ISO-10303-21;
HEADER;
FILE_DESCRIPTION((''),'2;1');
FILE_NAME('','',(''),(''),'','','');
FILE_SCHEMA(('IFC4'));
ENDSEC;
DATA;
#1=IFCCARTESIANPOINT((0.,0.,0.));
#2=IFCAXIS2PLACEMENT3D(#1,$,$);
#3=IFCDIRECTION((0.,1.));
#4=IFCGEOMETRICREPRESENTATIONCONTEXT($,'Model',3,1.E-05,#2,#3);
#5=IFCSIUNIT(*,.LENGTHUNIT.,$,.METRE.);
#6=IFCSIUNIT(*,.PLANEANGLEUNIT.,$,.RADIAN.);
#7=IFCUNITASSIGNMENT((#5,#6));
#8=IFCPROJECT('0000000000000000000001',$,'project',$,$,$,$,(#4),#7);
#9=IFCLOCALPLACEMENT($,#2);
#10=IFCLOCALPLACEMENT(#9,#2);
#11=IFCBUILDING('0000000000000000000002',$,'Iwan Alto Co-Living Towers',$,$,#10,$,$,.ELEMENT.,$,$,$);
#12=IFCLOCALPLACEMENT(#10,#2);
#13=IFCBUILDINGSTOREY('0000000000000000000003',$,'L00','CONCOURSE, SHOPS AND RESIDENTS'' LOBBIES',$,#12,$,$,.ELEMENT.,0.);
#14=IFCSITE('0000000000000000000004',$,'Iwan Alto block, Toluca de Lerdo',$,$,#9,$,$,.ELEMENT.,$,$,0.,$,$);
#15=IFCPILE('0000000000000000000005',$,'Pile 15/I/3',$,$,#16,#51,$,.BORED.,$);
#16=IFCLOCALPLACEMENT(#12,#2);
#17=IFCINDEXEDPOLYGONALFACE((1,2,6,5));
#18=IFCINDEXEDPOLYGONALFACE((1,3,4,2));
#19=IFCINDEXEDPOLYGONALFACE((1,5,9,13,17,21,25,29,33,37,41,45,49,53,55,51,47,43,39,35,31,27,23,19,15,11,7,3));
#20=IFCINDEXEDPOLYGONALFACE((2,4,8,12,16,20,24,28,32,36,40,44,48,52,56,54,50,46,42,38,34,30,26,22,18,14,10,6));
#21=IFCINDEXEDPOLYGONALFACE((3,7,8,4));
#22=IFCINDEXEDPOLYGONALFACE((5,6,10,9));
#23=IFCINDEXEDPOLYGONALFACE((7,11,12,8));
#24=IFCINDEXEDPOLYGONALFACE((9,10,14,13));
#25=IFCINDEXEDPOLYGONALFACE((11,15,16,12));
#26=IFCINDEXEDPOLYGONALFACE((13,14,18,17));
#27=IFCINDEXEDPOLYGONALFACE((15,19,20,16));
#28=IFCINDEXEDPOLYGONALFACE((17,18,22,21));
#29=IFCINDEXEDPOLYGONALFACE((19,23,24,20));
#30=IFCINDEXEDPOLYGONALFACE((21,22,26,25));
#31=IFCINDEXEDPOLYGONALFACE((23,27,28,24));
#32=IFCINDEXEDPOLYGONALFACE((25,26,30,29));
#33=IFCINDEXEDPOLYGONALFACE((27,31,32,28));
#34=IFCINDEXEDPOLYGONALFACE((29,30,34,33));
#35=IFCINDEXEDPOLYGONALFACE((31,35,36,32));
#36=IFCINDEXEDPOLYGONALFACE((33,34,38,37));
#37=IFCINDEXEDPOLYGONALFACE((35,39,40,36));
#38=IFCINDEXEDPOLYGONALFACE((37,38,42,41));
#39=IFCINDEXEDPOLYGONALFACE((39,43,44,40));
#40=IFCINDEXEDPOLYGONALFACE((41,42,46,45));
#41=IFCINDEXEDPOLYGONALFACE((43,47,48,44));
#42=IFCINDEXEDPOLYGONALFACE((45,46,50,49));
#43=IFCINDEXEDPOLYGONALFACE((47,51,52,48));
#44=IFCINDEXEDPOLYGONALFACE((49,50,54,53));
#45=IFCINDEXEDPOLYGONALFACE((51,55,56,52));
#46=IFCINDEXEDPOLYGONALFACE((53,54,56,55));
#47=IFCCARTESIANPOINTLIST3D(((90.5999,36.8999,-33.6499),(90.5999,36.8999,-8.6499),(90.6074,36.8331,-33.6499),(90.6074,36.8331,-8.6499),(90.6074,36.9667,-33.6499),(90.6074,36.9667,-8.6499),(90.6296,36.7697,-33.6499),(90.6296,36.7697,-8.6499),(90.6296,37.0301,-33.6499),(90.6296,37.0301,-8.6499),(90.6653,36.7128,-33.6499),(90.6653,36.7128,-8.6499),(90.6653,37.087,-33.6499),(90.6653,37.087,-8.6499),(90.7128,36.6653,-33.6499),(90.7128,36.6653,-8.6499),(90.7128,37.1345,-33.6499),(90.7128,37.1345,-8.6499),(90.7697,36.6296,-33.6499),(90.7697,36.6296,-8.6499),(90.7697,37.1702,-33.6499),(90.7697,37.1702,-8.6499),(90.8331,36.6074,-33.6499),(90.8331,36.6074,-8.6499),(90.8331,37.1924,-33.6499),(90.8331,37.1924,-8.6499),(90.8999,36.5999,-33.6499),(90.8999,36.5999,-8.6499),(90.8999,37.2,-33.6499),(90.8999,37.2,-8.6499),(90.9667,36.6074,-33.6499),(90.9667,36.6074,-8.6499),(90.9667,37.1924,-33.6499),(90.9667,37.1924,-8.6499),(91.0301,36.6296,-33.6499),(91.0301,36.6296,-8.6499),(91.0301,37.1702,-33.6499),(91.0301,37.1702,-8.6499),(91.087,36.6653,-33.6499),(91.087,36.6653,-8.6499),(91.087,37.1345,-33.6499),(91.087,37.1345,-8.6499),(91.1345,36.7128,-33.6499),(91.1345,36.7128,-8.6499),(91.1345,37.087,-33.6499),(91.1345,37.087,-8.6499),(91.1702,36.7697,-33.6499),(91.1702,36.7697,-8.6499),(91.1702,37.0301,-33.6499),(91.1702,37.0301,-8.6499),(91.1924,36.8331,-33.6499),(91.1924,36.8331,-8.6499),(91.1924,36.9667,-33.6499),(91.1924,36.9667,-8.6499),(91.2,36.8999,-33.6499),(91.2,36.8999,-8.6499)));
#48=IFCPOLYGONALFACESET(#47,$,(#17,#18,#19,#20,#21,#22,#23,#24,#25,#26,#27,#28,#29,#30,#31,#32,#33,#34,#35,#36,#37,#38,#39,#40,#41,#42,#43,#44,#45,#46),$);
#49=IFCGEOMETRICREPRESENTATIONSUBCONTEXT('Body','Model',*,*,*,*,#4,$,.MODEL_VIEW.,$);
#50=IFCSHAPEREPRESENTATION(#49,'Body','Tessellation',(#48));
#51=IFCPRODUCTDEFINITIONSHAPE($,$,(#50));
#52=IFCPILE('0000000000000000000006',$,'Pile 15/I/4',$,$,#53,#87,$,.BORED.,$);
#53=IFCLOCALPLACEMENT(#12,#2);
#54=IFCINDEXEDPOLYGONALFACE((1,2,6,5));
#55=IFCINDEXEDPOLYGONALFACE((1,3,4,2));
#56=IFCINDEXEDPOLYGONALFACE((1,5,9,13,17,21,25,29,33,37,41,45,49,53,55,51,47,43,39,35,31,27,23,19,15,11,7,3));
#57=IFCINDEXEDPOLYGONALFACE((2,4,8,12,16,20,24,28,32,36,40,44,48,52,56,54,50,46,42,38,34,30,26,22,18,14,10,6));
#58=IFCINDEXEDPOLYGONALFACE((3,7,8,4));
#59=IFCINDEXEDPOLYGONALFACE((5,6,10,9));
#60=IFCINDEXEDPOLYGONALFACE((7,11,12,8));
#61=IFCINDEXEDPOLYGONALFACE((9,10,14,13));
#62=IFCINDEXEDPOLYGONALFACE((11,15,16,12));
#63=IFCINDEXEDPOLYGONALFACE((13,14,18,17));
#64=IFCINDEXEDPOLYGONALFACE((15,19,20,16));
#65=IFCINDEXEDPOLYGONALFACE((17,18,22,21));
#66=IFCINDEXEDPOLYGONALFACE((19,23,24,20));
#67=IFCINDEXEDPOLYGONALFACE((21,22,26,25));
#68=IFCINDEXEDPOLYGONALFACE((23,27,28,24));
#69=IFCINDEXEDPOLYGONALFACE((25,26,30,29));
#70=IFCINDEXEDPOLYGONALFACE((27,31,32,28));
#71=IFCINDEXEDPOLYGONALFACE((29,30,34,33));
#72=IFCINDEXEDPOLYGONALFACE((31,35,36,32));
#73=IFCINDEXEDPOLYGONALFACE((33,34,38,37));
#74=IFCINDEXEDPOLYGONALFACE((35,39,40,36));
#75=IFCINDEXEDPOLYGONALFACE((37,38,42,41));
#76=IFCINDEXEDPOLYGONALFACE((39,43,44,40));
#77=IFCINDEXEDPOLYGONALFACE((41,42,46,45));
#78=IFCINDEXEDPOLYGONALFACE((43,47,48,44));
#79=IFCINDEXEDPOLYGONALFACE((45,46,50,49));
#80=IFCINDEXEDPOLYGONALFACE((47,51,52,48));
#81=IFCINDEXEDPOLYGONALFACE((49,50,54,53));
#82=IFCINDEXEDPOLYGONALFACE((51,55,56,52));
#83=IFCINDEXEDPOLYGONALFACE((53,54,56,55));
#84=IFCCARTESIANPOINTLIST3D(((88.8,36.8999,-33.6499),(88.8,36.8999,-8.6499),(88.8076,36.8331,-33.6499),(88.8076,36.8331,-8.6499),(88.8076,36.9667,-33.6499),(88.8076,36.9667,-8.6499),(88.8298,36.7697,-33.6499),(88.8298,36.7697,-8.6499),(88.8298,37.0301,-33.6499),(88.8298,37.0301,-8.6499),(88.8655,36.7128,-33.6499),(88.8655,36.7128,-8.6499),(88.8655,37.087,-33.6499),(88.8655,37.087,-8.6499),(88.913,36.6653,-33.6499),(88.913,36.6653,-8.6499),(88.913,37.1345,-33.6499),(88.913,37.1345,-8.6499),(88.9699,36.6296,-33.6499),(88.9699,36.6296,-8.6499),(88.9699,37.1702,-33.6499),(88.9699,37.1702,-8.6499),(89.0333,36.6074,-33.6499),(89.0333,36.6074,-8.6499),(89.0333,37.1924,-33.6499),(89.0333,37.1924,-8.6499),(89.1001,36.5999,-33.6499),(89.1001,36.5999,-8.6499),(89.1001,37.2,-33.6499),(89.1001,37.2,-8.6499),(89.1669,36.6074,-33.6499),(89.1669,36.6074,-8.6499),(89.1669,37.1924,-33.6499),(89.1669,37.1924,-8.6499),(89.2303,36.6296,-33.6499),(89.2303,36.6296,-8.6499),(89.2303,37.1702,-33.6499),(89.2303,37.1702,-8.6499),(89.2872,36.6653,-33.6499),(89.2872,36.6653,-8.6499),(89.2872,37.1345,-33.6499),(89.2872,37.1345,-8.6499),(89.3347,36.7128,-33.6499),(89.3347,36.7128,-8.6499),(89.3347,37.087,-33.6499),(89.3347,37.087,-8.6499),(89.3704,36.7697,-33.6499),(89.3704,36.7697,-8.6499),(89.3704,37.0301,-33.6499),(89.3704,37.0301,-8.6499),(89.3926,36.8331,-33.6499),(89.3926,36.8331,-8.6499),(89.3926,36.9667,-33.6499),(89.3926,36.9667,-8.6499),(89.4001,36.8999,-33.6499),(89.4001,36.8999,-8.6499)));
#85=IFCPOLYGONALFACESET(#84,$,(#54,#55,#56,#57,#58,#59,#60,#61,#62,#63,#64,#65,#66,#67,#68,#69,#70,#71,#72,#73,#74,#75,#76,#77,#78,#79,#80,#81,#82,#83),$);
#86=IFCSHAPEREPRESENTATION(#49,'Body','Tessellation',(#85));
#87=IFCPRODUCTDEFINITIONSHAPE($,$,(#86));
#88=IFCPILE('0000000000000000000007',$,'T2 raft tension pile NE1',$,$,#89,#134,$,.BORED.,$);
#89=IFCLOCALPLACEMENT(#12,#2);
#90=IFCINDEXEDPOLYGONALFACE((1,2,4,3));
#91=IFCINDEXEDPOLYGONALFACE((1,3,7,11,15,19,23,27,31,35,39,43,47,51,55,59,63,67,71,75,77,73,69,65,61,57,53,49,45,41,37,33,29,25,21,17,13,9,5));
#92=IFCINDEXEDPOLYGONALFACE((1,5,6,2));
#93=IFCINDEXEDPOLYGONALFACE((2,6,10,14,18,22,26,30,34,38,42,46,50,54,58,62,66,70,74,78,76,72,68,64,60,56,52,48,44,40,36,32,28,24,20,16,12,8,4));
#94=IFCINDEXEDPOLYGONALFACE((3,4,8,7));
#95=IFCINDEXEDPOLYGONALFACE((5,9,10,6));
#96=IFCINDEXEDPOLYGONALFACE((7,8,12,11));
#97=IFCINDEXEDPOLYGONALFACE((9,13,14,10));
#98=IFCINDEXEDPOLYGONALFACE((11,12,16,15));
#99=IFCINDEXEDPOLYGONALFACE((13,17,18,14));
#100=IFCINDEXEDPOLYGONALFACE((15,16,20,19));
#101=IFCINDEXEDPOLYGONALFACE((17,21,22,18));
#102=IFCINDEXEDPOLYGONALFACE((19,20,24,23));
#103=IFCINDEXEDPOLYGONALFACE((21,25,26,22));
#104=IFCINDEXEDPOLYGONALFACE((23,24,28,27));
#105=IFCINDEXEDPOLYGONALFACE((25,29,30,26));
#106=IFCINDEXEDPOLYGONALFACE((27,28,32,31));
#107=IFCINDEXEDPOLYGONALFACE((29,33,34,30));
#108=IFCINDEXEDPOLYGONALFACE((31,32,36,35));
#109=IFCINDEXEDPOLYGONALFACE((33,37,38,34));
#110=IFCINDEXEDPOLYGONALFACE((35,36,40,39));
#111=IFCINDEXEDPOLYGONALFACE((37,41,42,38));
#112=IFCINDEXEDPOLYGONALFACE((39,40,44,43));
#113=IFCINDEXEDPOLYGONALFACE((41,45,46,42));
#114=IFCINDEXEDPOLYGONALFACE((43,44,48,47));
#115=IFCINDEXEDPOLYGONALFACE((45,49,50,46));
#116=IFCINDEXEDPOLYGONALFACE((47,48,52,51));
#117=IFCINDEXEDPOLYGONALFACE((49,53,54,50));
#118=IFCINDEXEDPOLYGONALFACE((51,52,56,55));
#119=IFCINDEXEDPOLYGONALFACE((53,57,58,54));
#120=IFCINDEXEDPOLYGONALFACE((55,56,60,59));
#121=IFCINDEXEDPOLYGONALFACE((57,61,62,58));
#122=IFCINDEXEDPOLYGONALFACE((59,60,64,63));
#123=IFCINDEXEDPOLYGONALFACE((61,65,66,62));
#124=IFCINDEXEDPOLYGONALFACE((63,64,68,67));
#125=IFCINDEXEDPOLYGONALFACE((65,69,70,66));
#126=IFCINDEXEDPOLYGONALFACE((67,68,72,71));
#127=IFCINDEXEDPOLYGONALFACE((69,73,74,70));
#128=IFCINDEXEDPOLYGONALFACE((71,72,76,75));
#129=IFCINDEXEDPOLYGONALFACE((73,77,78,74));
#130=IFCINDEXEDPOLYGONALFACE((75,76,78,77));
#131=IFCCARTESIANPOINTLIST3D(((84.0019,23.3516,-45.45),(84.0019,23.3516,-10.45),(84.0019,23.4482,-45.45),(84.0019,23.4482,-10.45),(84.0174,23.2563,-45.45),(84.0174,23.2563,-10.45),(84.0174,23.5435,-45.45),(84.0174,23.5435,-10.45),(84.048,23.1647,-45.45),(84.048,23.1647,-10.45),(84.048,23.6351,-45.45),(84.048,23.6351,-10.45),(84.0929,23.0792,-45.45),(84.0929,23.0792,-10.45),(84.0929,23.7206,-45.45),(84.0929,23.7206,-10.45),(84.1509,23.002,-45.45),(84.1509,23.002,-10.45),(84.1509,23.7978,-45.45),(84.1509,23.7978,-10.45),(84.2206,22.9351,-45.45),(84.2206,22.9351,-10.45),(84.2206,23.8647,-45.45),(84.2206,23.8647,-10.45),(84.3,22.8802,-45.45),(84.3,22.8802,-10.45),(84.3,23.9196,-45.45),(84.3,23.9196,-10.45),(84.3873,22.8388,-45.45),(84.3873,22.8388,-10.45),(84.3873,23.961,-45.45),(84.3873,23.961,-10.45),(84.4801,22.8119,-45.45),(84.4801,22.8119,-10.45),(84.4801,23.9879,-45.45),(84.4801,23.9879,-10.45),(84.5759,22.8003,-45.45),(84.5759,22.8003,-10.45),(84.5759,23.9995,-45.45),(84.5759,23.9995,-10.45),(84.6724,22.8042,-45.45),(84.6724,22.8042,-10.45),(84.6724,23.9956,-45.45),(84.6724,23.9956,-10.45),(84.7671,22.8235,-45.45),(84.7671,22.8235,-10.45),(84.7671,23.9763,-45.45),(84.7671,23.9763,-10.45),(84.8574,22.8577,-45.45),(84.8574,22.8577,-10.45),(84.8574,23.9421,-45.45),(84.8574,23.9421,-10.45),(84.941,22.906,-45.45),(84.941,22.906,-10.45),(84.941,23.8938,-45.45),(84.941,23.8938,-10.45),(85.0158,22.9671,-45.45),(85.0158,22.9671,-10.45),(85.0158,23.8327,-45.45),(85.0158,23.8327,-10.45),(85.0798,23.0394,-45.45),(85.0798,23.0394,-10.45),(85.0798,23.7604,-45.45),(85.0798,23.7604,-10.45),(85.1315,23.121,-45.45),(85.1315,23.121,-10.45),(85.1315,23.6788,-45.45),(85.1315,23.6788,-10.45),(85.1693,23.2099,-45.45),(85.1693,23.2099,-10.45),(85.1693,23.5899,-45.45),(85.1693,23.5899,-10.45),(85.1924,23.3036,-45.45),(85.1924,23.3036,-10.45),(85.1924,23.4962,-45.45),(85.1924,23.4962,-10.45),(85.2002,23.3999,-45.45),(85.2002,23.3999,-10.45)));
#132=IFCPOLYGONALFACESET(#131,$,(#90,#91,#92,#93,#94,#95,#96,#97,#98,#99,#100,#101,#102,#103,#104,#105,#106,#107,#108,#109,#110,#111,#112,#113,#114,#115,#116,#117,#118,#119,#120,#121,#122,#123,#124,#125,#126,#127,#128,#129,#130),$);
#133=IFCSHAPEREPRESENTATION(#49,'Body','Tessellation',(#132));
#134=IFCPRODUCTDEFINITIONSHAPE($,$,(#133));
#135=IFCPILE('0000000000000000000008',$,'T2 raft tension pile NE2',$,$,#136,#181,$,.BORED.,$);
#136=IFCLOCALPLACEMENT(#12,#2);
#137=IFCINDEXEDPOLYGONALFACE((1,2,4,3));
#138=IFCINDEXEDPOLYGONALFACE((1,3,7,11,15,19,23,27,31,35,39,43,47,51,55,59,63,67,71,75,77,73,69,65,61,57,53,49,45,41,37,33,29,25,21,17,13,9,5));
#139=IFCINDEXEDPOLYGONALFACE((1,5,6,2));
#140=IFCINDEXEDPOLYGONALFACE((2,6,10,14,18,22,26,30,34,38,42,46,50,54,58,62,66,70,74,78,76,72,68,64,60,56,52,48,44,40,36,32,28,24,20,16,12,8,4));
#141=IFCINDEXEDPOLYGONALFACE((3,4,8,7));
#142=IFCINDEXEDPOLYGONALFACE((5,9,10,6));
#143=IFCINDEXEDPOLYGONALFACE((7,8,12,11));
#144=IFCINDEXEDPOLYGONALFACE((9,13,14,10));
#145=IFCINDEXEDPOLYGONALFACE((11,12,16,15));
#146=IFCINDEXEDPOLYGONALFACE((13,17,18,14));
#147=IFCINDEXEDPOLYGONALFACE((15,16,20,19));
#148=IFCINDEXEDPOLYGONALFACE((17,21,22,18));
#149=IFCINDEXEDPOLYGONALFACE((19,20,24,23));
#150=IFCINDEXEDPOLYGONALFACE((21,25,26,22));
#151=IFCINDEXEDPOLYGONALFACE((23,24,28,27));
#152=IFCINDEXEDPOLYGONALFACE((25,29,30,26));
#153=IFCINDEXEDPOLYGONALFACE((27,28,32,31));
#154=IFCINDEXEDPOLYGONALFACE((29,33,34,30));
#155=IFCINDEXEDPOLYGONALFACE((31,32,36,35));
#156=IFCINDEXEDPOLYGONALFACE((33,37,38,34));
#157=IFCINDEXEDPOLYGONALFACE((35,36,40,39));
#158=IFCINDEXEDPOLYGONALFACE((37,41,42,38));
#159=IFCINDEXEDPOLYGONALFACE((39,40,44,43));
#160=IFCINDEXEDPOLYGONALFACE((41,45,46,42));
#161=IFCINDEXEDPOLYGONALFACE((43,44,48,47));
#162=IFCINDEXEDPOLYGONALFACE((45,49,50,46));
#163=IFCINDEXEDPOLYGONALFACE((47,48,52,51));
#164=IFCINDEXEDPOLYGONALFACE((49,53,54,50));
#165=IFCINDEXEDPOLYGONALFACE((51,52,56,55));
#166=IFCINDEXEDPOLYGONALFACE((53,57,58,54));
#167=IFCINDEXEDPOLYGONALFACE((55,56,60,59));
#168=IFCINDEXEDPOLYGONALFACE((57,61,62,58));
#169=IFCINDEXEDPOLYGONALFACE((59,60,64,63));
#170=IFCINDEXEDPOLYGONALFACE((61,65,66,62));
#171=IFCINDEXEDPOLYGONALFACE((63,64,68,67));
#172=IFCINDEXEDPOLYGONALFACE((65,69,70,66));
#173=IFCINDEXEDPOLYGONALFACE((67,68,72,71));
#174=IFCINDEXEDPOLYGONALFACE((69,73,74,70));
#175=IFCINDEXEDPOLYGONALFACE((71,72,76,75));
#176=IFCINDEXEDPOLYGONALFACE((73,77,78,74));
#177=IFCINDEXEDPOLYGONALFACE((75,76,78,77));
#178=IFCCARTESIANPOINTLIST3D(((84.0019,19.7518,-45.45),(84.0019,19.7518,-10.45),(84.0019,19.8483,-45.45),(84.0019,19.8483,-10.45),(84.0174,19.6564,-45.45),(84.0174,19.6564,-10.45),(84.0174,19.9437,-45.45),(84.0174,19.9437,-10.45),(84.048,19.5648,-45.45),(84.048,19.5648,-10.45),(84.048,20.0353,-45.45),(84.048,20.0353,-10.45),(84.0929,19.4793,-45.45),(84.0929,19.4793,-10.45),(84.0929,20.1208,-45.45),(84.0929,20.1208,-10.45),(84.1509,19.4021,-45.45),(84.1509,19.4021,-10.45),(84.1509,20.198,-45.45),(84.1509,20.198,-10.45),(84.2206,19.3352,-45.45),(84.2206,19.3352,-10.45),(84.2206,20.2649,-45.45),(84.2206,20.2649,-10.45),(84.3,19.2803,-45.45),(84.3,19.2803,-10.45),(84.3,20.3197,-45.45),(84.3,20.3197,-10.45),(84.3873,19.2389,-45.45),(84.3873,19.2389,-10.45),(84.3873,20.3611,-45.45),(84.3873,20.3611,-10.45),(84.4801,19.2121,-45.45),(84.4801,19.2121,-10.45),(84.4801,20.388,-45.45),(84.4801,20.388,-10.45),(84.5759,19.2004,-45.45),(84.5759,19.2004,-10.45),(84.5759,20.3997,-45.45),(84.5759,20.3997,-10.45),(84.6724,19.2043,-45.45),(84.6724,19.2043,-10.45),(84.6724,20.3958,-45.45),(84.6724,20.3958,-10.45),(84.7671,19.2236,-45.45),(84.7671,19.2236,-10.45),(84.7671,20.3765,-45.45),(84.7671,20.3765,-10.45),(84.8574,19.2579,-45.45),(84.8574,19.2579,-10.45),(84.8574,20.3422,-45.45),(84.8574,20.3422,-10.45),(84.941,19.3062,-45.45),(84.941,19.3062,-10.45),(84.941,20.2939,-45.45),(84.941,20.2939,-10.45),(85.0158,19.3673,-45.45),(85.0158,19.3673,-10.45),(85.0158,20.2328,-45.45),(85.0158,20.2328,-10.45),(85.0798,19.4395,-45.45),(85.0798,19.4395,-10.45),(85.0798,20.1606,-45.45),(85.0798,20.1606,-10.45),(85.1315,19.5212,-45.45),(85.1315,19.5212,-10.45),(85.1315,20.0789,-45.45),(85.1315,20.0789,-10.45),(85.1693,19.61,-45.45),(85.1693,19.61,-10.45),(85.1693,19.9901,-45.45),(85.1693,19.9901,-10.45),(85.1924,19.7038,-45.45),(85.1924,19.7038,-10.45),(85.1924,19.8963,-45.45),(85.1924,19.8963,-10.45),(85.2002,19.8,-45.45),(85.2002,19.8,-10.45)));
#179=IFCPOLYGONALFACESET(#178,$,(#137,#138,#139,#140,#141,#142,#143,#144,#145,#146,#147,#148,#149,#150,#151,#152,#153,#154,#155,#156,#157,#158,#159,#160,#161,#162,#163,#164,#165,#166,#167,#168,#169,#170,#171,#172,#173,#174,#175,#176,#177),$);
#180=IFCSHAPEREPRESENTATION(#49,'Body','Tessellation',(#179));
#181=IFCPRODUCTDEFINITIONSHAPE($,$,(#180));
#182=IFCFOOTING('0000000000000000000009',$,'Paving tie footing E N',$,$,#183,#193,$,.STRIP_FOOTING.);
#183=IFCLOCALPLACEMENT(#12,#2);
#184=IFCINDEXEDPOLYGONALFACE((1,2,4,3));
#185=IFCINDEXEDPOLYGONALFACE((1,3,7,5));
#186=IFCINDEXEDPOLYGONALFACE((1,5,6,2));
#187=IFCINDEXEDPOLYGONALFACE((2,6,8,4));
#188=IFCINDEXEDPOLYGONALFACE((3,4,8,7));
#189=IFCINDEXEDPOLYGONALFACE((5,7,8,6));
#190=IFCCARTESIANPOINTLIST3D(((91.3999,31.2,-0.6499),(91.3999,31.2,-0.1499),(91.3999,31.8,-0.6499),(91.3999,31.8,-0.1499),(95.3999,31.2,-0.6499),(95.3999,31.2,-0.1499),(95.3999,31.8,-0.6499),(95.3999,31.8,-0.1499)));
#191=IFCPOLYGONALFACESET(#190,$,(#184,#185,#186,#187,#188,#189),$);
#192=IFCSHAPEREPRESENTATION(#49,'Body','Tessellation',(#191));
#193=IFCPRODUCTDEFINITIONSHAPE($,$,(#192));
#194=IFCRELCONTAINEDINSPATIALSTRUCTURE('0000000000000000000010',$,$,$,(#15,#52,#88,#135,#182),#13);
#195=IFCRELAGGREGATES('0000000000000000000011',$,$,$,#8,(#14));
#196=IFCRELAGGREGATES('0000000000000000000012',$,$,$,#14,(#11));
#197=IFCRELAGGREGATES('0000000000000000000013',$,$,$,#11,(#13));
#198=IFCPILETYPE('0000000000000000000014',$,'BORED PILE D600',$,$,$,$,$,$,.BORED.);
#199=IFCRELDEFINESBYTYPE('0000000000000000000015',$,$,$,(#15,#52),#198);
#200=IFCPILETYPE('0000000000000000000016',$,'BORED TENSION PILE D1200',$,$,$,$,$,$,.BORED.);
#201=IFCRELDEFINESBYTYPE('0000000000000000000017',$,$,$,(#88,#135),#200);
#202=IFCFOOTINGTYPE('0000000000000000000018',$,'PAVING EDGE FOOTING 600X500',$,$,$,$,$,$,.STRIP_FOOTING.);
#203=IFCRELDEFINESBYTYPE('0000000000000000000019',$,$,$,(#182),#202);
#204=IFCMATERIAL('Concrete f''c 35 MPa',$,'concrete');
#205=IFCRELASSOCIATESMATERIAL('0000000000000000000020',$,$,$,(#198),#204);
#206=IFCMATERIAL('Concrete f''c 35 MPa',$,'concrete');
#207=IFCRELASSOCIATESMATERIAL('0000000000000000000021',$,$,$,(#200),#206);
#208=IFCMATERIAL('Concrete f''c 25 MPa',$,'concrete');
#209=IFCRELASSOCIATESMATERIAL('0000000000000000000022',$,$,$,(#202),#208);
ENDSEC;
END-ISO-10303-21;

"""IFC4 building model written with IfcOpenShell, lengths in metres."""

from ifc_helpers import new_model, si_unit, direction, frame, origin, origin_2d, place, context, subcontext, project, spatial, rectangle, circle, extrude, material, material_profile, profile_set, type_object, element, save


model = new_model("IFC4")

# Units and contexts
model_context = context("Model", 3, precision=1e-05, world=origin(), true_north=direction((0.0, 1.0)))
body_context = subcontext(model_context, "Body", "Model", "MODEL_VIEW")
ifc_project = project(units=[si_unit("LENGTHUNIT", "METRE"), si_unit("PLANEANGLEUNIT", "RADIAN")], contexts=[model_context])

# Site, building, storey
site_placement = place(None, origin())
site = spatial("IfcSite", under=ifc_project, at=site_placement, Name="Iwan Alto block, Toluca de Lerdo", CompositionType="ELEMENT", RefElevation=0.0)
building_placement = place(site_placement, origin())
building = spatial("IfcBuilding", under=site, at=building_placement, Name="Iwan Alto Co-Living Towers", CompositionType="ELEMENT")
storey_placement = place(building_placement, origin())
storey = spatial("IfcBuildingStorey", under=building, at=storey_placement, Name="L00", Description="CONCOURSE, SHOPS AND RESIDENTS' LOBBIES", CompositionType="ELEMENT", Elevation=0.0)

# Piles
ifc_material_1 = material(Name="Concrete f'c 35 MPa", Category="concrete")
ifc_material_profile_1 = material_profile(ifc_material_1, circle(Radius=0.3, at=origin_2d()), Name="D600")
ifc_profile_set_1 = profile_set([ifc_material_profile_1], Name="Concrete f'c 35 MPa")
pile_type_1 = type_object("IfcPileType", Name="BORED PILE D600", PredefinedType="BORED", material=ifc_profile_set_1)
for number, where, z_axis, x_axis, name in (
    (1, (90.8999, 36.8999, -8.6499), (0.0, 0.0, -1.0), (1.0, 0.0, 0.0), "Pile 15/I/3"),
    (2, (89.1001, 36.8999, -8.6499), (0.0, 0.0, -1.0), (1.0, 0.0, 0.0), "Pile 15/I/4"),
):
    element("IfcPile", number, at=place(storey_placement, frame(where, z_axis=z_axis, x_axis=x_axis)), inside=storey, type_object=pile_type_1, Name=name, PredefinedType="BORED", context=body_context, shape_type="SweptSolid", body=[
        extrude(circle(Radius=0.3, at=origin_2d()), origin(), (0.0, 0.0, 1.0), 25.0),
    ])
ifc_material_2 = material(Name="Concrete f'c 35 MPa", Category="concrete")
ifc_material_profile_2 = material_profile(ifc_material_2, circle(Radius=0.6001, at=origin_2d()), Name="D1200")
ifc_profile_set_2 = profile_set([ifc_material_profile_2], Name="Concrete f'c 35 MPa")
pile_type_2 = type_object("IfcPileType", Name="BORED TENSION PILE D1200", PredefinedType="BORED", material=ifc_profile_set_2)
for number, where, z_axis, x_axis, name in (
    (3, (84.6001, 23.3999, -10.45), (0.0, 0.0, -1.0), (1.0, 0.0, 0.0), "T2 raft tension pile NE1"),
    (4, (84.6001, 19.8, -10.45), (0.0, 0.0, -1.0), (1.0, 0.0, 0.0), "T2 raft tension pile NE2"),
):
    element("IfcPile", number, at=place(storey_placement, frame(where, z_axis=z_axis, x_axis=x_axis)), inside=storey, type_object=pile_type_2, Name=name, PredefinedType="BORED", context=body_context, shape_type="SweptSolid", body=[
        extrude(circle(Radius=0.6001, at=origin_2d()), origin(), (0.0, 0.0, 1.0), 35.0),
    ])

# Footing
ifc_material_3 = material(Name="Concrete f'c 25 MPa", Category="concrete")
footing_type_1 = type_object("IfcFootingType", Name="PAVING EDGE FOOTING 600X500", PredefinedType="STRIP_FOOTING", material=ifc_material_3)
footing_placement = place(storey_placement, frame((93.3999, 31.5, -0.6499), z_axis=(0.0, 0.0, 1.0), x_axis=(1.0, 0.0, 0.0)))
element("IfcFooting", 5, at=footing_placement, inside=storey, type_object=footing_type_1, Name="Paving tie footing E N", PredefinedType="STRIP_FOOTING", context=body_context, shape_type="SweptSolid", body=[
    extrude(rectangle(XDim=4.0, YDim=0.6001, at=origin_2d()), origin(), (0.0, 0.0, 1.0), 0.5),
])

save(model, "model.ifc")
